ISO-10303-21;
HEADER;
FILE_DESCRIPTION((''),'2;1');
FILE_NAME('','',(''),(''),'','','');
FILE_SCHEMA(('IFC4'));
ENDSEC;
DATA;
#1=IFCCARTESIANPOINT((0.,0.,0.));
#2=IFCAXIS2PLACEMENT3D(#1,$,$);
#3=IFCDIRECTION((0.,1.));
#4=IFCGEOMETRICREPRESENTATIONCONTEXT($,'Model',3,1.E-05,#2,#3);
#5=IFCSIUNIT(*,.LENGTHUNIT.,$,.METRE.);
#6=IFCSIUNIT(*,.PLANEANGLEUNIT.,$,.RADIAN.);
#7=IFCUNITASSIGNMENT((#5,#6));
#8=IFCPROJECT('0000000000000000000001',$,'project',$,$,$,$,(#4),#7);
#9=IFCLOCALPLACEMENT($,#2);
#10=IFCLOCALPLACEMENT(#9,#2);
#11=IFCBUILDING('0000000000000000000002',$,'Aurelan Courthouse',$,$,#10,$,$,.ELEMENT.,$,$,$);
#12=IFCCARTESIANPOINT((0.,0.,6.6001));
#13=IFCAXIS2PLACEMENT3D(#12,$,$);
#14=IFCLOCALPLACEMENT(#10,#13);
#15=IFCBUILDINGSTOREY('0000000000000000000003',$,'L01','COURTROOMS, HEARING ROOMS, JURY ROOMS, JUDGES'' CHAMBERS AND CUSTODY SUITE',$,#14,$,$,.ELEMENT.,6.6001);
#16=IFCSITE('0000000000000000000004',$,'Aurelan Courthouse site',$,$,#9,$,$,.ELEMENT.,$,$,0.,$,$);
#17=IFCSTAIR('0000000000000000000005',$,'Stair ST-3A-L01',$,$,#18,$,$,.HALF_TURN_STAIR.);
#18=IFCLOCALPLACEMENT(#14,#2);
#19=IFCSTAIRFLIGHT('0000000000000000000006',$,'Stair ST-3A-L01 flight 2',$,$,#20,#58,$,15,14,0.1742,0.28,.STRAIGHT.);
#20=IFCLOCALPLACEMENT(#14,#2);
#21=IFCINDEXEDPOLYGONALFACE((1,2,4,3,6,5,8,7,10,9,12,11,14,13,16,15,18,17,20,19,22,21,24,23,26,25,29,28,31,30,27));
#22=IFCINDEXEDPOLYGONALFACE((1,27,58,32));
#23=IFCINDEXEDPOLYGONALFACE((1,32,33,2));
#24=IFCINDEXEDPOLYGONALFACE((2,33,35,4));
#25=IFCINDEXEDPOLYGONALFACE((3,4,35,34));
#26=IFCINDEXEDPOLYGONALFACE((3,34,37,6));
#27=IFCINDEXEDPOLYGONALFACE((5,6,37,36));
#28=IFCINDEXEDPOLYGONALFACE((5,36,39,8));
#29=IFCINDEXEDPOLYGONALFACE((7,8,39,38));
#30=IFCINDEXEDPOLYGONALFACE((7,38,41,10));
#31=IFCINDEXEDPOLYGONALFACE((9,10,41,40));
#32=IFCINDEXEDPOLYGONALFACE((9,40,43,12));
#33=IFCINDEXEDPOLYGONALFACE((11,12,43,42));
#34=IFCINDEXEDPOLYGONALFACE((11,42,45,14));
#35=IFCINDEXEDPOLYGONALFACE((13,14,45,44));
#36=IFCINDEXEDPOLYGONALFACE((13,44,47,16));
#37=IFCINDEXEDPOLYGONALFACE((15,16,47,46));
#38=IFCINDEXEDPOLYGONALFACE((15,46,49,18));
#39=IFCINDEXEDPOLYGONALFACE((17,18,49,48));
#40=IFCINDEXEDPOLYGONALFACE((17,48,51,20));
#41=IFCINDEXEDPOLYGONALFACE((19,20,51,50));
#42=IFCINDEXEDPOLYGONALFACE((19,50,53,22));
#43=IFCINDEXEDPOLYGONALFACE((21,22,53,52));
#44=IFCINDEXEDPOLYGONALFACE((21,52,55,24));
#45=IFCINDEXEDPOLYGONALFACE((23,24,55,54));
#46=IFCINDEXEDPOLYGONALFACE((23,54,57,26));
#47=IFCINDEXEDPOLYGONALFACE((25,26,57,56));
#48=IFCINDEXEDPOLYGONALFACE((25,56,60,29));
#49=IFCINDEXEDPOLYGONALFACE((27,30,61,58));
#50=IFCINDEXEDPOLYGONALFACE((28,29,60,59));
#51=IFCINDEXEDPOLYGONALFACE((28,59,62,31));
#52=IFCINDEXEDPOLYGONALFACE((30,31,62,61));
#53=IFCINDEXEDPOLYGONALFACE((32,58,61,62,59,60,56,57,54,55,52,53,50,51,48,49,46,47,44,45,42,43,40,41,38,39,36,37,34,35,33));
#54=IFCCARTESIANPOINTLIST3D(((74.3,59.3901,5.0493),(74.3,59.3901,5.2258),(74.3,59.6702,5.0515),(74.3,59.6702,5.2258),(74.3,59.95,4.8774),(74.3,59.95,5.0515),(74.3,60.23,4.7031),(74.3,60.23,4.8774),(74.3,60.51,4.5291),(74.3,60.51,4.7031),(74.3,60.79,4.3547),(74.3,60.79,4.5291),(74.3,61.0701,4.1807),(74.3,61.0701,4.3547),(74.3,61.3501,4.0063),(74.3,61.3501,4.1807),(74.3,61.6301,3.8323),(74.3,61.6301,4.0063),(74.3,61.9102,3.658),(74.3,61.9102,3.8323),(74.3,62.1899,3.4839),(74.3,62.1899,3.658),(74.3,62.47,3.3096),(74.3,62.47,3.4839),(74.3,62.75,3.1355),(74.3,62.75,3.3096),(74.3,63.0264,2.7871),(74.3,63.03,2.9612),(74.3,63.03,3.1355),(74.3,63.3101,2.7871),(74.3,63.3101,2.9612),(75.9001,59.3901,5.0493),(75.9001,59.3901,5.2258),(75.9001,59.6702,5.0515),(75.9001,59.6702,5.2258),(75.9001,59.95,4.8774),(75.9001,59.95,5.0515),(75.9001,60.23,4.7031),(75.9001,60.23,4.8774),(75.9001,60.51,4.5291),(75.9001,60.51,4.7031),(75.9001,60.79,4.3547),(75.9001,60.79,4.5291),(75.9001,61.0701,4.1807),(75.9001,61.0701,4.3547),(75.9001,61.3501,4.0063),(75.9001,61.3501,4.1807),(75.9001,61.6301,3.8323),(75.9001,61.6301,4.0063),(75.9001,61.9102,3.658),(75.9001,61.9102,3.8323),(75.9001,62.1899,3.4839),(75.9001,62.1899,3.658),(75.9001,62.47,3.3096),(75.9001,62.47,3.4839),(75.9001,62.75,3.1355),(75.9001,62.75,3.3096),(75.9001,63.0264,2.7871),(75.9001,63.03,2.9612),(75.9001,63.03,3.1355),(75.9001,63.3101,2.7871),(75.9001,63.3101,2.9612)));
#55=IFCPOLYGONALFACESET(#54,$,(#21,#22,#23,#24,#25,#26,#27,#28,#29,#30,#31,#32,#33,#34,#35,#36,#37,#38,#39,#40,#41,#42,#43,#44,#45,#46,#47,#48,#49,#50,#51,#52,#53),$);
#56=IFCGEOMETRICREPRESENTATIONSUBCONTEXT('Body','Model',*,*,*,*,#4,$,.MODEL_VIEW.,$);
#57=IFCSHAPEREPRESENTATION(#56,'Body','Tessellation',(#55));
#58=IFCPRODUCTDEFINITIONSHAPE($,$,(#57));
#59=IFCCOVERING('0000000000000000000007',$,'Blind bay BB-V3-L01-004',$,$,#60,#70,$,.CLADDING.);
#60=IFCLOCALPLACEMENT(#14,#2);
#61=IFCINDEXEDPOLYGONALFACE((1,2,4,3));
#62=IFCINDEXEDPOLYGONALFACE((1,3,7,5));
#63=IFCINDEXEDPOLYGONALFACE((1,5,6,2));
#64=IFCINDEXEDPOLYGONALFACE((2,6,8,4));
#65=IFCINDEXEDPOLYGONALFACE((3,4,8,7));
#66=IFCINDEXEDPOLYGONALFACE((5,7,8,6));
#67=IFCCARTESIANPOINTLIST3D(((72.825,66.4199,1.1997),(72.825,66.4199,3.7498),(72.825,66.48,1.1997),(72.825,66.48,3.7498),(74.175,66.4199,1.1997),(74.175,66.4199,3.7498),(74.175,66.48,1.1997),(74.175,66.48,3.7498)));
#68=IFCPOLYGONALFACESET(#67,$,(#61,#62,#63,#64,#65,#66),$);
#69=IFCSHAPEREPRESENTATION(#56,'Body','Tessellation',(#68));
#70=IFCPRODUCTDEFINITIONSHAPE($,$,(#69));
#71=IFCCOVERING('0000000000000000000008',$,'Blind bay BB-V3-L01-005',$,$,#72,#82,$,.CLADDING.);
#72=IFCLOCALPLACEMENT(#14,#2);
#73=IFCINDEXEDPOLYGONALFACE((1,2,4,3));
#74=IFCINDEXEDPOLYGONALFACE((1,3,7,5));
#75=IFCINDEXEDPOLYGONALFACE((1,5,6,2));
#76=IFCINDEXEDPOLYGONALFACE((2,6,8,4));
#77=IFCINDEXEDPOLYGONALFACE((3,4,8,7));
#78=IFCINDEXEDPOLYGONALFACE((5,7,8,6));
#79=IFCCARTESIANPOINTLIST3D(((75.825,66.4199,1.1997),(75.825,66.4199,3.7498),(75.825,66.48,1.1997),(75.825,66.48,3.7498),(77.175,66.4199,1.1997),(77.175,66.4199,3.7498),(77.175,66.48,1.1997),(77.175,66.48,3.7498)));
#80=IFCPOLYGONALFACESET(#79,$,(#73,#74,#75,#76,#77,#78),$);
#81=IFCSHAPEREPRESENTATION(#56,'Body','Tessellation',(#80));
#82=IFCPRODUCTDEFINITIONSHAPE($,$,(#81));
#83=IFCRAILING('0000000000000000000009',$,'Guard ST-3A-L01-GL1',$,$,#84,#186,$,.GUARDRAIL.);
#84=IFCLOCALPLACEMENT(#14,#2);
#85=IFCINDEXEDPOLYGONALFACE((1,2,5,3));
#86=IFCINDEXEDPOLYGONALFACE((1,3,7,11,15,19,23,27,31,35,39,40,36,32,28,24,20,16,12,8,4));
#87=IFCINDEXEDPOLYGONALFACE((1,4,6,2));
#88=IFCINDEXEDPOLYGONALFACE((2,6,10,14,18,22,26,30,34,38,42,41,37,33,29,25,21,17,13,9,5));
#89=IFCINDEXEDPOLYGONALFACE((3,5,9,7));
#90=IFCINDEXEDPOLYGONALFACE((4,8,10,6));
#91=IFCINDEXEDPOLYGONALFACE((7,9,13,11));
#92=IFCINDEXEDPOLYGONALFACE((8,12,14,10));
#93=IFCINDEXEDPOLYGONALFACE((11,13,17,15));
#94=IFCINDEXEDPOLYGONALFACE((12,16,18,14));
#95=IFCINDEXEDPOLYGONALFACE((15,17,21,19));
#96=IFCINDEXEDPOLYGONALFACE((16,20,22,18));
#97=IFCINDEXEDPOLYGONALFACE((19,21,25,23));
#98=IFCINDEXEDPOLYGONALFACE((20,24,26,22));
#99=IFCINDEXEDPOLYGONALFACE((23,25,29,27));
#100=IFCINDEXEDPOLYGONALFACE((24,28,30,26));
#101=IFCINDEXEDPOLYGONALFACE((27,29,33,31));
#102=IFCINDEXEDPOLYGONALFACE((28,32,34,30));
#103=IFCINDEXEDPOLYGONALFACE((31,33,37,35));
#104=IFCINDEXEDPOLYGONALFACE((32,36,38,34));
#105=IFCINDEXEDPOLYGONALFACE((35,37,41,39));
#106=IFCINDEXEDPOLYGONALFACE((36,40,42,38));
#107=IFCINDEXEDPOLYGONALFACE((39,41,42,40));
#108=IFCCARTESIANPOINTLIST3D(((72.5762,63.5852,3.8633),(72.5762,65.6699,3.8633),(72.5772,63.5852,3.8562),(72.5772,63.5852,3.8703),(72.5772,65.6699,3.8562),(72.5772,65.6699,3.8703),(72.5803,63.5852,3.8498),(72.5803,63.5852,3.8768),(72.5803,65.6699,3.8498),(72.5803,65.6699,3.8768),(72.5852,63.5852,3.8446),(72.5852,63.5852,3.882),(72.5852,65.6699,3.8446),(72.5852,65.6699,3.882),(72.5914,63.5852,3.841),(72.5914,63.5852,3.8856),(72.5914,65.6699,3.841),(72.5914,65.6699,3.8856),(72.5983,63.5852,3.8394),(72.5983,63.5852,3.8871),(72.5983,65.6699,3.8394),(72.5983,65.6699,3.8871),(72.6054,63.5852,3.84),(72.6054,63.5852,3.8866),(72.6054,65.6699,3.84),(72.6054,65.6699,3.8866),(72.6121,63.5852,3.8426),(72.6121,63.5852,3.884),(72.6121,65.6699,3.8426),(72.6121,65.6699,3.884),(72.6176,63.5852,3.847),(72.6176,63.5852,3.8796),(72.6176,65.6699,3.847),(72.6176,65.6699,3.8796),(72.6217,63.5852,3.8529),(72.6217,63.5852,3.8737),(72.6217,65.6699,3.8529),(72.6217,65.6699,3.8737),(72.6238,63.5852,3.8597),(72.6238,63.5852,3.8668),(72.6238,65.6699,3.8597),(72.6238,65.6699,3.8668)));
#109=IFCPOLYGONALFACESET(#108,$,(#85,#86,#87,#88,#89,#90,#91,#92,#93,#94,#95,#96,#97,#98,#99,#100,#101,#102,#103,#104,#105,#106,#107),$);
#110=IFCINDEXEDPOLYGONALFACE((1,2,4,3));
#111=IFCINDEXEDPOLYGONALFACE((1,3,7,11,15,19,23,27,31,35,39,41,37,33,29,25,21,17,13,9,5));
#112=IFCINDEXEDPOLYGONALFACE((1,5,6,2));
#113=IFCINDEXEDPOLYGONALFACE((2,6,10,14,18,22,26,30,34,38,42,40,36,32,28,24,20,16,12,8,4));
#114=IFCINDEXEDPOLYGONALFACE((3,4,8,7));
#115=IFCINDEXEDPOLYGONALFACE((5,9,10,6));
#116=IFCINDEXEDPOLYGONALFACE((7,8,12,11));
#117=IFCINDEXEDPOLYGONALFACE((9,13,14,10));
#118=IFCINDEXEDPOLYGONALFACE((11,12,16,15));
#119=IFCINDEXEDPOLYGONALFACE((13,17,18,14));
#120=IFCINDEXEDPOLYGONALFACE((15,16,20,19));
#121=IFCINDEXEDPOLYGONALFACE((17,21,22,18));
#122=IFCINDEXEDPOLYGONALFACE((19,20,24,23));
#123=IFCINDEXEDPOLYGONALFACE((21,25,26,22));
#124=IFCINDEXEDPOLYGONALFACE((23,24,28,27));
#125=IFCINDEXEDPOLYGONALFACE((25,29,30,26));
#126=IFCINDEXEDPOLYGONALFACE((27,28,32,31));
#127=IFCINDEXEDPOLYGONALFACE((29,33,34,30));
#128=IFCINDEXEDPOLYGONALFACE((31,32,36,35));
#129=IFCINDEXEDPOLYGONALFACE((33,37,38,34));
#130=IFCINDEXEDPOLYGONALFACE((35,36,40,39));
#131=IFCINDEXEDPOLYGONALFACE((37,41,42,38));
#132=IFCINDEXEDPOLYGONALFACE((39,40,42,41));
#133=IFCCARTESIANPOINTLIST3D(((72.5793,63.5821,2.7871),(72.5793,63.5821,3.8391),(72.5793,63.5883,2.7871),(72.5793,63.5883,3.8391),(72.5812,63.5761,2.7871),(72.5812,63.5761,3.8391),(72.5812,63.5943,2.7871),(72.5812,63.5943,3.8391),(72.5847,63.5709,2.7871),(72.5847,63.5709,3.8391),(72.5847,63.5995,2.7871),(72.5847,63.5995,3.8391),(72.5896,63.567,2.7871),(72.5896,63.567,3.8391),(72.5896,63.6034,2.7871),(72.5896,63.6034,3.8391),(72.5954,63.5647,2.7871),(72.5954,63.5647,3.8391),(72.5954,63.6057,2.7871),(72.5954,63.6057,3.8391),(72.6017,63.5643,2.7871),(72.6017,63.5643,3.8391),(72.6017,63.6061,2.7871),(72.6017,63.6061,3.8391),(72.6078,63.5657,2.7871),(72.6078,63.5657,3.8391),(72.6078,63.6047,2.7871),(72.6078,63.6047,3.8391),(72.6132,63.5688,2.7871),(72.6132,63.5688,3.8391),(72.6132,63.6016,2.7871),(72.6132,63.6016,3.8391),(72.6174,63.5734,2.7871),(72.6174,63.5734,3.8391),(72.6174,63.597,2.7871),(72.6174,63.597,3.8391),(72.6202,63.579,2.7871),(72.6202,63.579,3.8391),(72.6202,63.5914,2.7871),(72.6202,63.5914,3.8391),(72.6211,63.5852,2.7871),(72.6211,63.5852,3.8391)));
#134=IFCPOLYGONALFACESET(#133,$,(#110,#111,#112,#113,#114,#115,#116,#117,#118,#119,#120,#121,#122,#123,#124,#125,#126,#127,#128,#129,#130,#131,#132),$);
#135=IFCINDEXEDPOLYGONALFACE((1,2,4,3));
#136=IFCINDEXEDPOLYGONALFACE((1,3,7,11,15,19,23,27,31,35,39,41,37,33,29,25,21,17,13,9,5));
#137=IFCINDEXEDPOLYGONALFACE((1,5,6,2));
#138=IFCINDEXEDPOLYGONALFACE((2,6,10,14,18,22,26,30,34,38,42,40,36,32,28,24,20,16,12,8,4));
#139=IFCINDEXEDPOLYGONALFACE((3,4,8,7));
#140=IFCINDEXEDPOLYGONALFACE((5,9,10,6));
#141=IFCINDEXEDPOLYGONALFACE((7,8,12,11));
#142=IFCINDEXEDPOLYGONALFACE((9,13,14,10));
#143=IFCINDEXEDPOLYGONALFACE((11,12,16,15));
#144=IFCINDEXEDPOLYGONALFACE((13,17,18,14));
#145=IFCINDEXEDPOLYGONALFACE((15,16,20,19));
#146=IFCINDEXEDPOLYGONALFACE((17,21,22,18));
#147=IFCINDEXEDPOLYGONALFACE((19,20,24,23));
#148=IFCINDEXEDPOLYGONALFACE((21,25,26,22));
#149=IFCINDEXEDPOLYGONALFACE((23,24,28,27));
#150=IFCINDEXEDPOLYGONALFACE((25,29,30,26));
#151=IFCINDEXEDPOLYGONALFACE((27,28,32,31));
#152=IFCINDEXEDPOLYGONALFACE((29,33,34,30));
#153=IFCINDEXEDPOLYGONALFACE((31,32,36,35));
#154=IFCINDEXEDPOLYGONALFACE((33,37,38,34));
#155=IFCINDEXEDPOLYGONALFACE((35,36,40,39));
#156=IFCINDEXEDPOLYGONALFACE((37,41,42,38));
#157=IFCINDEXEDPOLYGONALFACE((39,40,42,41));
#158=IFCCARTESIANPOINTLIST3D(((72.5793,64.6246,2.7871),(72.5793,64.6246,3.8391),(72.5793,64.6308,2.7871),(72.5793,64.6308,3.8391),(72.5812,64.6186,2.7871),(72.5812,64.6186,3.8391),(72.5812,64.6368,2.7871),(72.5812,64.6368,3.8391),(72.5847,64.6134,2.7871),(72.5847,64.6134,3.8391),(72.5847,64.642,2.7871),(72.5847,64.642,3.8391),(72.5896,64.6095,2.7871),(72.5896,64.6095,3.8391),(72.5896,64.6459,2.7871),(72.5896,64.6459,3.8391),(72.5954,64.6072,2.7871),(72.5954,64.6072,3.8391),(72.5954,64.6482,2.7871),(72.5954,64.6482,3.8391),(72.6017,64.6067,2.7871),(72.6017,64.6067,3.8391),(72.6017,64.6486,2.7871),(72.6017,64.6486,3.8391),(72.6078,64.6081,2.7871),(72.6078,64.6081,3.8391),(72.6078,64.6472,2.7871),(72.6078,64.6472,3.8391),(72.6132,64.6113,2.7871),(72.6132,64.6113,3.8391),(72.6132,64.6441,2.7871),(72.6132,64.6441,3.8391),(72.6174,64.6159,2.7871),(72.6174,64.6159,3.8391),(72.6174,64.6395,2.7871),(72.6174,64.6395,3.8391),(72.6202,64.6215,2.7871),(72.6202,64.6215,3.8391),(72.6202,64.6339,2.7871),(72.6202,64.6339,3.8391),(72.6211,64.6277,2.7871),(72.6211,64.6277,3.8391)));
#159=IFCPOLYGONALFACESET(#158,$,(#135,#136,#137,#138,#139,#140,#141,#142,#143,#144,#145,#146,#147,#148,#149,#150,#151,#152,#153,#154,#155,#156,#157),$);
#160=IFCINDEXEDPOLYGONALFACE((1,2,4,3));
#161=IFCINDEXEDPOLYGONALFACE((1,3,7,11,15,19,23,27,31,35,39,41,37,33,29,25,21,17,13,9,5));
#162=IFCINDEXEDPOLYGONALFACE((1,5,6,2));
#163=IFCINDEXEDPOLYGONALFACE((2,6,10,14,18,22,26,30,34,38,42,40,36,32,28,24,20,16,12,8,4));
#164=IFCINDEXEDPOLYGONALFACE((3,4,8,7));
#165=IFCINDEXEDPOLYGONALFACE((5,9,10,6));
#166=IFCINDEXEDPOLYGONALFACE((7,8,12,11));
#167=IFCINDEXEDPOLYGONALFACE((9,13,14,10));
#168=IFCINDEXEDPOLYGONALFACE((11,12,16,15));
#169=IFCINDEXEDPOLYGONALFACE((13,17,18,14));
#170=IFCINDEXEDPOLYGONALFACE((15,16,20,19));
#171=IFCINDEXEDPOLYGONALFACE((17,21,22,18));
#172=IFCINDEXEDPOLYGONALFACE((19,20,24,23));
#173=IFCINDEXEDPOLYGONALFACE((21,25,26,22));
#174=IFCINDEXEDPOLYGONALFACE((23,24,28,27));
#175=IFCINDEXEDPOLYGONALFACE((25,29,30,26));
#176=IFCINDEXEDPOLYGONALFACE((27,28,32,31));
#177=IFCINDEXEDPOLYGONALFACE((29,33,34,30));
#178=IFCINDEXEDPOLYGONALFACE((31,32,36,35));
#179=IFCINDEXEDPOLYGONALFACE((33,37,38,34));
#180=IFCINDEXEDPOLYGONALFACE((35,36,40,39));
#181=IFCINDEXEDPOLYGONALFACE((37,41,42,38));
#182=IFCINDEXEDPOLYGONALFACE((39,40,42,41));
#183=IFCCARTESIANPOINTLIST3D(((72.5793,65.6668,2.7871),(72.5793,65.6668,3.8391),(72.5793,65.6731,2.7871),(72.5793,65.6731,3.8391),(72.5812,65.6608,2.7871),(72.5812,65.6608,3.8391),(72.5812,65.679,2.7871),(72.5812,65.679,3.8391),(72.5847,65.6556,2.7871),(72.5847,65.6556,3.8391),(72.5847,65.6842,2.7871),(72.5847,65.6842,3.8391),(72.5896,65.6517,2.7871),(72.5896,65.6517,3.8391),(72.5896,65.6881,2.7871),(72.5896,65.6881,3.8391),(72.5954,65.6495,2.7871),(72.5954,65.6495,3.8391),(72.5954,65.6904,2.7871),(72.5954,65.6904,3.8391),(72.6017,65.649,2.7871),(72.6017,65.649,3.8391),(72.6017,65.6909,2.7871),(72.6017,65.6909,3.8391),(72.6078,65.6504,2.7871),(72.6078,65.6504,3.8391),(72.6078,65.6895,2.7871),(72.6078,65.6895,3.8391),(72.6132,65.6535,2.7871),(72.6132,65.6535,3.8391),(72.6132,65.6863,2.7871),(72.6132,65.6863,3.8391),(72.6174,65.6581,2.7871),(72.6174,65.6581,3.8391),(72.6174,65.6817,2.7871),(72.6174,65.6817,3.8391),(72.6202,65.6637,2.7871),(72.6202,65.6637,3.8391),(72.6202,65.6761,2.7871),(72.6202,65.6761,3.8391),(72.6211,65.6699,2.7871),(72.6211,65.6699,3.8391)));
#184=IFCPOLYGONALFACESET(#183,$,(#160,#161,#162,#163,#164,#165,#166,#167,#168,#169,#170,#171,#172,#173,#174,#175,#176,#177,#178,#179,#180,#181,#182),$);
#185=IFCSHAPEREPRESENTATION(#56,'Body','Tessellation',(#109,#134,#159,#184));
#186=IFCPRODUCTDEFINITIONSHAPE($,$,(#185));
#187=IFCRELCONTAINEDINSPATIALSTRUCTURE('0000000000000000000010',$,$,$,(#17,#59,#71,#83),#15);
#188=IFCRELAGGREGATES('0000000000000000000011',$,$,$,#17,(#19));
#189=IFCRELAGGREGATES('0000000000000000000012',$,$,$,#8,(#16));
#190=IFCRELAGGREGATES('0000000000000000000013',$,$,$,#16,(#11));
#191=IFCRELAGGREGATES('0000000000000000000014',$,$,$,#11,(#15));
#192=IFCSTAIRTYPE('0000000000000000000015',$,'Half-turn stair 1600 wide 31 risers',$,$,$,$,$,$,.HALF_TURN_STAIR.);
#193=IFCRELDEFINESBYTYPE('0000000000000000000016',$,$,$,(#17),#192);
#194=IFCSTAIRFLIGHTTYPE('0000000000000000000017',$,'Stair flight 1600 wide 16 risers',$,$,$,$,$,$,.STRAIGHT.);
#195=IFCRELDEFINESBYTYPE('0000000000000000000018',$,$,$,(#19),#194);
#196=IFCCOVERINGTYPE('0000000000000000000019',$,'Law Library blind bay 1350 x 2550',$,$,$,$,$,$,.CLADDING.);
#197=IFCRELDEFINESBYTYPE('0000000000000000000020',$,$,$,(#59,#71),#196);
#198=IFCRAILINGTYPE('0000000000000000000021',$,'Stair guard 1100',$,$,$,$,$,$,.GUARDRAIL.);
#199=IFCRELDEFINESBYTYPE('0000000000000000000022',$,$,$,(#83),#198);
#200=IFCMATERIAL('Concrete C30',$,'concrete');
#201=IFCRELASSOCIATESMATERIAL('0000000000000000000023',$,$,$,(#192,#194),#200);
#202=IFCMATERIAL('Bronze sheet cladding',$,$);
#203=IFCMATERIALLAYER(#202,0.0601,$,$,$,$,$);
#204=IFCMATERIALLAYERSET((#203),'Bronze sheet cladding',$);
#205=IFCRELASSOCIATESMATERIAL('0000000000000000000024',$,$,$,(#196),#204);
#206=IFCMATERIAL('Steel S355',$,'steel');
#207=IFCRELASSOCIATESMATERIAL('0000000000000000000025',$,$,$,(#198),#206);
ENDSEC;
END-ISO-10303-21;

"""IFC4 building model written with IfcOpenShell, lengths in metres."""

from ifc_helpers import new_model, si_unit, direction, frame, origin, origin_2d, place, context, subcontext, project, spatial, polyline, rectangle, circle, outline, extrude, material, layer, layer_set, type_object, element, aggregate, save


model = new_model("IFC4")

# Units and contexts
model_context = context("Model", 3, precision=1e-05, world=origin(), true_north=direction((0.0, 1.0)))
body_context = subcontext(model_context, "Body", "Model", "MODEL_VIEW")
ifc_project = project(units=[si_unit("LENGTHUNIT", "METRE"), si_unit("PLANEANGLEUNIT", "RADIAN")], contexts=[model_context])

# Site, building, storey
site_placement = place(None, origin())
site = spatial("IfcSite", under=ifc_project, at=site_placement, Name="Aurelan Courthouse site", CompositionType="ELEMENT", RefElevation=0.0)
building_placement = place(site_placement, origin())
building = spatial("IfcBuilding", under=site, at=building_placement, Name="Aurelan Courthouse", CompositionType="ELEMENT")
storey_placement = place(building_placement, frame((0.0, 0.0, 6.6001)))
storey = spatial("IfcBuildingStorey", under=building, at=storey_placement, Name="L01", Description="COURTROOMS, HEARING ROOMS, JURY ROOMS, JUDGES' CHAMBERS AND CUSTODY SUITE", CompositionType="ELEMENT", Elevation=6.6001)

# Shared definitions
ifc_material_1 = material(Name="Concrete C30", Category="concrete")

# Stair, stair flight
stair_type = type_object("IfcStairType", Name="Half-turn stair 1600 wide 31 risers", PredefinedType="HALF_TURN_STAIR", material=ifc_material_1)
stair_placement = place(storey_placement, origin())
stair = element("IfcStair", 1, at=stair_placement, inside=storey, type_object=stair_type, Name="Stair ST-3A-L01", PredefinedType="HALF_TURN_STAIR")
stair_flight_type = type_object("IfcStairFlightType", Name="Stair flight 1600 wide 16 risers", PredefinedType="STRAIGHT", material=ifc_material_1)
stair_flight_1_placement = place(storey_placement, frame((75.1001, 63.3101, 2.7871), z_axis=(0.0, 0.0, 1.0), x_axis=(0.0, -1.0, 0.0)))
stair_flight_1 = element("IfcStairFlight", 2, at=stair_flight_1_placement, type_object=stair_flight_type, Name="Stair ST-3A-L01 flight 2", NumberOfRisers=15, NumberOfTreads=14, PredefinedType="STRAIGHT", RiserHeight=0.1742, TreadLength=0.28, context=body_context, shape_type="SweptSolid", body=[
    extrude(outline(polyline([(0.0, 0.0), (0.0, 0.1741), (0.28, 0.1741), (0.28, 0.3484), (0.5601, 0.3484), (0.5601, 0.5225), (0.8401, 0.5225), (0.8401, 0.6968), (1.1201, 0.6968), (1.1201, 0.8708), (1.3999, 0.8708), (1.3999, 1.0452), (1.6799, 1.0452), (1.6799, 1.2192), (1.96, 1.2192), (1.96, 1.3936), (2.24, 1.3936), (2.24, 1.5676), (2.52, 1.5676), (2.52, 1.7419), (2.8, 1.7419), (2.8, 1.916), (3.0801, 1.916), (3.0801, 2.0903), (3.3601, 2.0903), (3.3601, 2.2644), (3.6399, 2.2644), (3.6399, 2.4387), (3.9199, 2.4387), (3.9199, 2.6128), (3.9199, 2.2622), (0.2837, 0.0), (0.0, 0.0)])), frame((0.0, 0.8, 0.0), z_axis=(0.0, -1.0, 0.0), x_axis=(1.0, 0.0, 0.0)), (0.0, 0.0, 1.0), 1.6001),
])
aggregate(stair, [stair_flight_1])

# Coverings
ifc_material_2 = material(Name="Bronze sheet cladding")
ifc_layer_1 = layer(ifc_material_2, 0.0601)
ifc_layer_set_1 = layer_set([ifc_layer_1], Name="Bronze sheet cladding")
covering_type = type_object("IfcCoveringType", Name="Law Library blind bay 1350 x 2550", PredefinedType="CLADDING", material=ifc_layer_set_1)
for number, where, z_axis, x_axis, name in (
    (3, (73.5, 66.45, 1.1997), (0.0, 0.0, 1.0), (1.0, 0.0, 0.0), "Blind bay BB-V3-L01-004"),
    (4, (76.5, 66.45, 1.1997), (0.0, 0.0, 1.0), (1.0, 0.0, 0.0), "Blind bay BB-V3-L01-005"),
):
    element("IfcCovering", number, at=place(storey_placement, frame(where, z_axis=z_axis, x_axis=x_axis)), inside=storey, type_object=covering_type, Name=name, PredefinedType="CLADDING", context=body_context, shape_type="SweptSolid", body=[
        extrude(rectangle(XDim=1.3501, YDim=0.0601, at=origin_2d()), origin(), (0.0, 0.0, 1.0), 2.55),
    ])

# Railing
ifc_material_3 = material(Name="Steel S355", Category="steel")
railing_type_1 = type_object("IfcRailingType", Name="Stair guard 1100", PredefinedType="GUARDRAIL", material=ifc_material_3)
railing_1_placement = place(storey_placement, frame((72.6001, 63.5852, 2.7871)))
element("IfcRailing", 5, at=railing_1_placement, inside=storey, type_object=railing_type_1, Name="Guard ST-3A-L01-GL1", PredefinedType="GUARDRAIL", context=body_context, shape_type="SweptSolid", body=[
    extrude(circle(Radius=0.0239, at=origin_2d()), frame((0.0, 0.0, 1.0762), z_axis=(0.0, 1.0, 0.0), x_axis=(-1.0, 0.0, 0.0)), (0.0, 0.0, 1.0), 2.0847),
    extrude(circle(Radius=0.021, at=origin_2d()), origin(), (0.0, 0.0, 1.0), 1.052),
    extrude(circle(Radius=0.021, at=origin_2d()), frame((0.0, 1.0425, 0.0)), (0.0, 0.0, 1.0), 1.052),
    extrude(circle(Radius=0.021, at=origin_2d()), frame((0.0, 2.0847, 0.0)), (0.0, 0.0, 1.0), 1.052),
])

save(model, "model.ifc")
